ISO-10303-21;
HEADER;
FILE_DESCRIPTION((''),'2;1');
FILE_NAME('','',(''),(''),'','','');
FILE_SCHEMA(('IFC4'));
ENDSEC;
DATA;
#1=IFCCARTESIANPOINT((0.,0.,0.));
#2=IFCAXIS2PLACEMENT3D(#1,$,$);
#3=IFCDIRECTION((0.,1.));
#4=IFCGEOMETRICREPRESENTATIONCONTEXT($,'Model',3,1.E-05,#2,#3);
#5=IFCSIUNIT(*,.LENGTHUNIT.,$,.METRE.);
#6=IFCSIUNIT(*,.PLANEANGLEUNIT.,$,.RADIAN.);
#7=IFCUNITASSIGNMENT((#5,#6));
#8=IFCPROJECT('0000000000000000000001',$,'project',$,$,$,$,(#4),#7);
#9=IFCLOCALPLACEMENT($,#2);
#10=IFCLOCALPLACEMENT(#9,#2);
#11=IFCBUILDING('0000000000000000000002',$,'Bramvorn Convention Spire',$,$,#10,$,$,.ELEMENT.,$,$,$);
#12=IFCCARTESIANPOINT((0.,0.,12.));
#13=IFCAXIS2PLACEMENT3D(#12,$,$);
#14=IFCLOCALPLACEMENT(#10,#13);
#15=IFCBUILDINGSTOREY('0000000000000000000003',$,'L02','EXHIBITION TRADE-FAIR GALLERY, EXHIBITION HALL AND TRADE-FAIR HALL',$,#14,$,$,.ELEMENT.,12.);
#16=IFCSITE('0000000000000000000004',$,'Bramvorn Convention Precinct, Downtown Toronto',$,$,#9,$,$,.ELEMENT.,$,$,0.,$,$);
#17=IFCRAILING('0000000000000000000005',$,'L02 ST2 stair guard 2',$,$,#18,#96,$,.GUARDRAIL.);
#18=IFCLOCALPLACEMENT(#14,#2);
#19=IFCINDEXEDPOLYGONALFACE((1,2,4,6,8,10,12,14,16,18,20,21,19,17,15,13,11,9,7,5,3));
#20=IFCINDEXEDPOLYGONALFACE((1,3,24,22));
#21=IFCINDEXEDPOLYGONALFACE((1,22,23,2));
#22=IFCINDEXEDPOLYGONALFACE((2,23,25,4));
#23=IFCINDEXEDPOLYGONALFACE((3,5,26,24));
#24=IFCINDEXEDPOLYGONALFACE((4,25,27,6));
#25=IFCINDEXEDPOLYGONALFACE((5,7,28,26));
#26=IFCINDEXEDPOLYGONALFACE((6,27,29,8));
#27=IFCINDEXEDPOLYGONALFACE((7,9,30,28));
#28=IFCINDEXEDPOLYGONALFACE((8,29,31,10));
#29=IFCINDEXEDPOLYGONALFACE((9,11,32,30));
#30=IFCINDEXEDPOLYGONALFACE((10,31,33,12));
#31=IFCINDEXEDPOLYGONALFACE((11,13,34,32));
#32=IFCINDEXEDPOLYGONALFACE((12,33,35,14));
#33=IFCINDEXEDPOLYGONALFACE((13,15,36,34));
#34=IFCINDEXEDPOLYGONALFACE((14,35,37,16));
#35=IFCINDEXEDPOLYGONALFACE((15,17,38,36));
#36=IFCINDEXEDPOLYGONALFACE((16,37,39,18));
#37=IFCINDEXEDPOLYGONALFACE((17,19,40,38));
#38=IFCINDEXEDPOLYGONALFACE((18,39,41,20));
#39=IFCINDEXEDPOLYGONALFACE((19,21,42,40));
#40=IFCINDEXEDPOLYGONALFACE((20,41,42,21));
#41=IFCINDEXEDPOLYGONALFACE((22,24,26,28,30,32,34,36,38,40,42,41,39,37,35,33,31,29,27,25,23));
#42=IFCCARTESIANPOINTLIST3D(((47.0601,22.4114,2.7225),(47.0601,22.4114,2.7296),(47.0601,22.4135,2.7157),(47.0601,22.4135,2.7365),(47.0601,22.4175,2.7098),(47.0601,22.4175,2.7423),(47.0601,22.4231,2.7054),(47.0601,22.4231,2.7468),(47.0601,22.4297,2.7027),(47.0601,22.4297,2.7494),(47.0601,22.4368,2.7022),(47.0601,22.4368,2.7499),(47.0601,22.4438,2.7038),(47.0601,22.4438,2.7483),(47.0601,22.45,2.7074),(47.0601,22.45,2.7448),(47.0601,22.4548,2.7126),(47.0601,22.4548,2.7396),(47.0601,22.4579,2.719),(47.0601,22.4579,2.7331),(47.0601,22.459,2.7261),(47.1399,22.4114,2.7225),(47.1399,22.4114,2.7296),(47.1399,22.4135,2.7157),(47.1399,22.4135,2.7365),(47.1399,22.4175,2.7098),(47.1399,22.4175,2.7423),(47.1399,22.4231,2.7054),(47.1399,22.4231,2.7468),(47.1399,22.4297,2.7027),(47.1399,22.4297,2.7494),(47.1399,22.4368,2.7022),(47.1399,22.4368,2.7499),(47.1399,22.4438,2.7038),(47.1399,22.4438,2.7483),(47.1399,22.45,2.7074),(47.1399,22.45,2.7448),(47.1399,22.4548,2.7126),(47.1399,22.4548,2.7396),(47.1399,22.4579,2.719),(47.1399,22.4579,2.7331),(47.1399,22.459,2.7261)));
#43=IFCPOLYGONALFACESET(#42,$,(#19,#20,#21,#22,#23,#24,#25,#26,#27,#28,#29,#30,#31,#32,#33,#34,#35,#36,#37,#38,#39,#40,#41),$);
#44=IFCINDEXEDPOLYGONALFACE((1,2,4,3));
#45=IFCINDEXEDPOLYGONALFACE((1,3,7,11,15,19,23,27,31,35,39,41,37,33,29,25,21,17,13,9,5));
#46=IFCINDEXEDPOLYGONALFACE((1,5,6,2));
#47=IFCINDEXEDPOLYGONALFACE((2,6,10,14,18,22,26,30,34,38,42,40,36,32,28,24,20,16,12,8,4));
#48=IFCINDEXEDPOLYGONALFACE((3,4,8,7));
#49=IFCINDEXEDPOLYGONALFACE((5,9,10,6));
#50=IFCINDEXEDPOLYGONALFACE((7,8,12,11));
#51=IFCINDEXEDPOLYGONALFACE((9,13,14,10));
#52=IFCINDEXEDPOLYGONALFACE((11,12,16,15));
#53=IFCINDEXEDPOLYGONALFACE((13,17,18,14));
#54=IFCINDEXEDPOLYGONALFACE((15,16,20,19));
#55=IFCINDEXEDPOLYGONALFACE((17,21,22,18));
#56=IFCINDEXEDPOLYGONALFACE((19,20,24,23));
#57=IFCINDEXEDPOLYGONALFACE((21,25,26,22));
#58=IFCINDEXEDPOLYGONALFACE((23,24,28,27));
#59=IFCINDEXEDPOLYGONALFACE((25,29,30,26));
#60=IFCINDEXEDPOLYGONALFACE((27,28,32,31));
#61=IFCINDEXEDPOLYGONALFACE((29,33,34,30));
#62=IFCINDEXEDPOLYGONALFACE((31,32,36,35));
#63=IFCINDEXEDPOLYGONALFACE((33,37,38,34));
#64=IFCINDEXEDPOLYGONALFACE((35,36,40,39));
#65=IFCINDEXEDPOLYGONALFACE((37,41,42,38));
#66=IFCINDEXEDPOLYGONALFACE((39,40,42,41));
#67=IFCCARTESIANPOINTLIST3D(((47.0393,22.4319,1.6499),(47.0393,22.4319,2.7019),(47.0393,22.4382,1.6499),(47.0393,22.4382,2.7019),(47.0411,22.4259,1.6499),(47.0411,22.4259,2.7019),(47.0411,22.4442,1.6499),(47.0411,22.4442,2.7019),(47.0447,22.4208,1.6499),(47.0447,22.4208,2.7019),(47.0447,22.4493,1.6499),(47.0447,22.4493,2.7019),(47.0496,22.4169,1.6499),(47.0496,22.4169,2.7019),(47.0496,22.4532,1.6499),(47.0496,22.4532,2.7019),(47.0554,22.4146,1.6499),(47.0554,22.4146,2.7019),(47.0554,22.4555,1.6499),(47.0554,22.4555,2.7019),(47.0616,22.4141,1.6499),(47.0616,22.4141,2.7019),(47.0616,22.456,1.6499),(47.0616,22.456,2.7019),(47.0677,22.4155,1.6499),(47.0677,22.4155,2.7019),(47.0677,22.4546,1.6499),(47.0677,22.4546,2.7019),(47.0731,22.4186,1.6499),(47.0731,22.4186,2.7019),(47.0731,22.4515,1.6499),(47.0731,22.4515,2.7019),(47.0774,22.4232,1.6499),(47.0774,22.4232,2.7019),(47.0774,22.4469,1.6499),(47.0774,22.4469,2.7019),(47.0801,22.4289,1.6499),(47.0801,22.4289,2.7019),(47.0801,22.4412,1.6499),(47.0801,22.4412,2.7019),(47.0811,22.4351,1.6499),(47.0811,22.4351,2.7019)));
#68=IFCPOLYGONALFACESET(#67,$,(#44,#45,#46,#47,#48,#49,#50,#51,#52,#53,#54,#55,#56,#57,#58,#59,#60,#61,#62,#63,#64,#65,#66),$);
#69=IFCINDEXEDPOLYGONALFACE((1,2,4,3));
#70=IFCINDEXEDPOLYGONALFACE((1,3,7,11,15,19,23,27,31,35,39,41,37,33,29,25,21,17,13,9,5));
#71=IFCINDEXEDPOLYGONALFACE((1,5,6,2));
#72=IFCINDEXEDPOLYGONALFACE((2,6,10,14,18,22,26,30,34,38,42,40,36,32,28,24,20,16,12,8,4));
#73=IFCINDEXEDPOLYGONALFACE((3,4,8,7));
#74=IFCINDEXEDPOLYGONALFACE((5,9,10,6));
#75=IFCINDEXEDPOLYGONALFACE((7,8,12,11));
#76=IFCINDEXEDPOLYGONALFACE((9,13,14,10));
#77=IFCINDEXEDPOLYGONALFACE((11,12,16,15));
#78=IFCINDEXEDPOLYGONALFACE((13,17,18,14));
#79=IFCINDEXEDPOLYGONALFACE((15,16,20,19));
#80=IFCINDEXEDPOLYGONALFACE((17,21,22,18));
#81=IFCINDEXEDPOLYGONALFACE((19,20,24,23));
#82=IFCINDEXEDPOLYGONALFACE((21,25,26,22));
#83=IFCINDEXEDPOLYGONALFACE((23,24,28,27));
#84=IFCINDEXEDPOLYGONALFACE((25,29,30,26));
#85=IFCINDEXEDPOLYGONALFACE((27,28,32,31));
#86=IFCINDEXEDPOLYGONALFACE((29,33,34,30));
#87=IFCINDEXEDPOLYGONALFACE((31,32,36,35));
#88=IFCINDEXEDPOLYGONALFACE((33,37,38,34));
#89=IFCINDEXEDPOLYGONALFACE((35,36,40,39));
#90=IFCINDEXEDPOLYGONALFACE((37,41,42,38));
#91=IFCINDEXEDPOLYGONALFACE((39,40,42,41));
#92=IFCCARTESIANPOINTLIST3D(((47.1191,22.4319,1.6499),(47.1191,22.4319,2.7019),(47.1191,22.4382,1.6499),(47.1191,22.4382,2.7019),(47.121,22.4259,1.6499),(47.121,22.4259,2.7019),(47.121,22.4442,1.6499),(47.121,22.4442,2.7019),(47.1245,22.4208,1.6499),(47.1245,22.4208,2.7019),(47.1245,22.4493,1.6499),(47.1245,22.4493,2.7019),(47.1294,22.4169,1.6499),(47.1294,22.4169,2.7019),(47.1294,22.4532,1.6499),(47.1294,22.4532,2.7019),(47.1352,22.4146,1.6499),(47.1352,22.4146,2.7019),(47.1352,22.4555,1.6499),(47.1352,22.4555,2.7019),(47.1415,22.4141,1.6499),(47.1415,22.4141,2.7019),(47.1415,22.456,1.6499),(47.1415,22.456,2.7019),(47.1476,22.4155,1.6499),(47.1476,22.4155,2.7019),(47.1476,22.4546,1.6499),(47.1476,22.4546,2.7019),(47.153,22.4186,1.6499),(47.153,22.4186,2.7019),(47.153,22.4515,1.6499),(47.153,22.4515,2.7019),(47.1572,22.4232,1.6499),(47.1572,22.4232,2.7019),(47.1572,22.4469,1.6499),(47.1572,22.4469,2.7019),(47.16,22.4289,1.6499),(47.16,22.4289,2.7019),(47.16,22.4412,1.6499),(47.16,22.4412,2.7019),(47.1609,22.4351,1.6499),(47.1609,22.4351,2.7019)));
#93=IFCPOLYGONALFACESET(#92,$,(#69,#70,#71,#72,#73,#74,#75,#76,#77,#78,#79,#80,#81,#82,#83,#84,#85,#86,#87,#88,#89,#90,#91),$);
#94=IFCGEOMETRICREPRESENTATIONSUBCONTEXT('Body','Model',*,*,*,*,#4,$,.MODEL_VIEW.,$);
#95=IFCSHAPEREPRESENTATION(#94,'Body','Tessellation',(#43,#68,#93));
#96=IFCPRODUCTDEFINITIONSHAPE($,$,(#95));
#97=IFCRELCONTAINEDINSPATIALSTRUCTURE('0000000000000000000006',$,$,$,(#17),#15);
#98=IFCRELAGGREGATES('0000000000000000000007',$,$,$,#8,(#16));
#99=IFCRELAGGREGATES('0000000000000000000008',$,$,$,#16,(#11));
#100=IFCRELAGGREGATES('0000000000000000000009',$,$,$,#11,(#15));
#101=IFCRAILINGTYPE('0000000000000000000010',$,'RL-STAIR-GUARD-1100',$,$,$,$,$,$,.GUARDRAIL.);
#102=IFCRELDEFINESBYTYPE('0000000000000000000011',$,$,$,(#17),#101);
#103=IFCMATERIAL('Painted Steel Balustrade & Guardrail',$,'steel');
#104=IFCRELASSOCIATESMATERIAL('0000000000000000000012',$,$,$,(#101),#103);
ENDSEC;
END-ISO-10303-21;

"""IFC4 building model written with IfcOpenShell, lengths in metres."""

from ifc_helpers import new_model, si_unit, direction, frame, origin, origin_2d, place, context, subcontext, project, spatial, circle, extrude, material, type_object, element, save


model = new_model("IFC4")

# Units and contexts
model_context = context("Model", 3, precision=1e-05, world=origin(), true_north=direction((0.0, 1.0)))
body_context = subcontext(model_context, "Body", "Model", "MODEL_VIEW")
ifc_project = project(units=[si_unit("LENGTHUNIT", "METRE"), si_unit("PLANEANGLEUNIT", "RADIAN")], contexts=[model_context])

# Site, building, storey
site_placement = place(None, origin())
site = spatial("IfcSite", under=ifc_project, at=site_placement, Name="Bramvorn Convention Precinct, Downtown Toronto", CompositionType="ELEMENT", RefElevation=0.0)
building_placement = place(site_placement, origin())
building = spatial("IfcBuilding", under=site, at=building_placement, Name="Bramvorn Convention Spire", CompositionType="ELEMENT")
storey_placement = place(building_placement, frame((0.0, 0.0, 12.0)))
storey = spatial("IfcBuildingStorey", under=building, at=storey_placement, Name="L02", Description="EXHIBITION TRADE-FAIR GALLERY, EXHIBITION HALL AND TRADE-FAIR HALL", CompositionType="ELEMENT", Elevation=12.0)

# Railing
ifc_material_1 = material(Name="Painted Steel Balustrade & Guardrail", Category="steel")
railing_type_1 = type_object("IfcRailingType", Name="RL-STAIR-GUARD-1100", PredefinedType="GUARDRAIL", material=ifc_material_1)
railing_1_placement = place(storey_placement, frame((47.0601, 22.4351, 1.6499)))
element("IfcRailing", 1, at=railing_1_placement, inside=storey, type_object=railing_type_1, Name="L02 ST2 stair guard 2", PredefinedType="GUARDRAIL", context=body_context, shape_type="SweptSolid", body=[
    extrude(circle(Radius=0.0239, at=origin_2d()), frame((0.0, 0.0, 1.0762), z_axis=(1.0, 0.0, 0.0), x_axis=(0.0, 1.0, 0.0)), (0.0, 0.0, 1.0), 0.0798),
    extrude(circle(Radius=0.021, at=origin_2d()), origin(), (0.0, 0.0, 1.0), 1.052),
    extrude(circle(Radius=0.021, at=origin_2d()), frame((0.0798, 0.0, 0.0)), (0.0, 0.0, 1.0), 1.052),
])

save(model, "model.ifc")
